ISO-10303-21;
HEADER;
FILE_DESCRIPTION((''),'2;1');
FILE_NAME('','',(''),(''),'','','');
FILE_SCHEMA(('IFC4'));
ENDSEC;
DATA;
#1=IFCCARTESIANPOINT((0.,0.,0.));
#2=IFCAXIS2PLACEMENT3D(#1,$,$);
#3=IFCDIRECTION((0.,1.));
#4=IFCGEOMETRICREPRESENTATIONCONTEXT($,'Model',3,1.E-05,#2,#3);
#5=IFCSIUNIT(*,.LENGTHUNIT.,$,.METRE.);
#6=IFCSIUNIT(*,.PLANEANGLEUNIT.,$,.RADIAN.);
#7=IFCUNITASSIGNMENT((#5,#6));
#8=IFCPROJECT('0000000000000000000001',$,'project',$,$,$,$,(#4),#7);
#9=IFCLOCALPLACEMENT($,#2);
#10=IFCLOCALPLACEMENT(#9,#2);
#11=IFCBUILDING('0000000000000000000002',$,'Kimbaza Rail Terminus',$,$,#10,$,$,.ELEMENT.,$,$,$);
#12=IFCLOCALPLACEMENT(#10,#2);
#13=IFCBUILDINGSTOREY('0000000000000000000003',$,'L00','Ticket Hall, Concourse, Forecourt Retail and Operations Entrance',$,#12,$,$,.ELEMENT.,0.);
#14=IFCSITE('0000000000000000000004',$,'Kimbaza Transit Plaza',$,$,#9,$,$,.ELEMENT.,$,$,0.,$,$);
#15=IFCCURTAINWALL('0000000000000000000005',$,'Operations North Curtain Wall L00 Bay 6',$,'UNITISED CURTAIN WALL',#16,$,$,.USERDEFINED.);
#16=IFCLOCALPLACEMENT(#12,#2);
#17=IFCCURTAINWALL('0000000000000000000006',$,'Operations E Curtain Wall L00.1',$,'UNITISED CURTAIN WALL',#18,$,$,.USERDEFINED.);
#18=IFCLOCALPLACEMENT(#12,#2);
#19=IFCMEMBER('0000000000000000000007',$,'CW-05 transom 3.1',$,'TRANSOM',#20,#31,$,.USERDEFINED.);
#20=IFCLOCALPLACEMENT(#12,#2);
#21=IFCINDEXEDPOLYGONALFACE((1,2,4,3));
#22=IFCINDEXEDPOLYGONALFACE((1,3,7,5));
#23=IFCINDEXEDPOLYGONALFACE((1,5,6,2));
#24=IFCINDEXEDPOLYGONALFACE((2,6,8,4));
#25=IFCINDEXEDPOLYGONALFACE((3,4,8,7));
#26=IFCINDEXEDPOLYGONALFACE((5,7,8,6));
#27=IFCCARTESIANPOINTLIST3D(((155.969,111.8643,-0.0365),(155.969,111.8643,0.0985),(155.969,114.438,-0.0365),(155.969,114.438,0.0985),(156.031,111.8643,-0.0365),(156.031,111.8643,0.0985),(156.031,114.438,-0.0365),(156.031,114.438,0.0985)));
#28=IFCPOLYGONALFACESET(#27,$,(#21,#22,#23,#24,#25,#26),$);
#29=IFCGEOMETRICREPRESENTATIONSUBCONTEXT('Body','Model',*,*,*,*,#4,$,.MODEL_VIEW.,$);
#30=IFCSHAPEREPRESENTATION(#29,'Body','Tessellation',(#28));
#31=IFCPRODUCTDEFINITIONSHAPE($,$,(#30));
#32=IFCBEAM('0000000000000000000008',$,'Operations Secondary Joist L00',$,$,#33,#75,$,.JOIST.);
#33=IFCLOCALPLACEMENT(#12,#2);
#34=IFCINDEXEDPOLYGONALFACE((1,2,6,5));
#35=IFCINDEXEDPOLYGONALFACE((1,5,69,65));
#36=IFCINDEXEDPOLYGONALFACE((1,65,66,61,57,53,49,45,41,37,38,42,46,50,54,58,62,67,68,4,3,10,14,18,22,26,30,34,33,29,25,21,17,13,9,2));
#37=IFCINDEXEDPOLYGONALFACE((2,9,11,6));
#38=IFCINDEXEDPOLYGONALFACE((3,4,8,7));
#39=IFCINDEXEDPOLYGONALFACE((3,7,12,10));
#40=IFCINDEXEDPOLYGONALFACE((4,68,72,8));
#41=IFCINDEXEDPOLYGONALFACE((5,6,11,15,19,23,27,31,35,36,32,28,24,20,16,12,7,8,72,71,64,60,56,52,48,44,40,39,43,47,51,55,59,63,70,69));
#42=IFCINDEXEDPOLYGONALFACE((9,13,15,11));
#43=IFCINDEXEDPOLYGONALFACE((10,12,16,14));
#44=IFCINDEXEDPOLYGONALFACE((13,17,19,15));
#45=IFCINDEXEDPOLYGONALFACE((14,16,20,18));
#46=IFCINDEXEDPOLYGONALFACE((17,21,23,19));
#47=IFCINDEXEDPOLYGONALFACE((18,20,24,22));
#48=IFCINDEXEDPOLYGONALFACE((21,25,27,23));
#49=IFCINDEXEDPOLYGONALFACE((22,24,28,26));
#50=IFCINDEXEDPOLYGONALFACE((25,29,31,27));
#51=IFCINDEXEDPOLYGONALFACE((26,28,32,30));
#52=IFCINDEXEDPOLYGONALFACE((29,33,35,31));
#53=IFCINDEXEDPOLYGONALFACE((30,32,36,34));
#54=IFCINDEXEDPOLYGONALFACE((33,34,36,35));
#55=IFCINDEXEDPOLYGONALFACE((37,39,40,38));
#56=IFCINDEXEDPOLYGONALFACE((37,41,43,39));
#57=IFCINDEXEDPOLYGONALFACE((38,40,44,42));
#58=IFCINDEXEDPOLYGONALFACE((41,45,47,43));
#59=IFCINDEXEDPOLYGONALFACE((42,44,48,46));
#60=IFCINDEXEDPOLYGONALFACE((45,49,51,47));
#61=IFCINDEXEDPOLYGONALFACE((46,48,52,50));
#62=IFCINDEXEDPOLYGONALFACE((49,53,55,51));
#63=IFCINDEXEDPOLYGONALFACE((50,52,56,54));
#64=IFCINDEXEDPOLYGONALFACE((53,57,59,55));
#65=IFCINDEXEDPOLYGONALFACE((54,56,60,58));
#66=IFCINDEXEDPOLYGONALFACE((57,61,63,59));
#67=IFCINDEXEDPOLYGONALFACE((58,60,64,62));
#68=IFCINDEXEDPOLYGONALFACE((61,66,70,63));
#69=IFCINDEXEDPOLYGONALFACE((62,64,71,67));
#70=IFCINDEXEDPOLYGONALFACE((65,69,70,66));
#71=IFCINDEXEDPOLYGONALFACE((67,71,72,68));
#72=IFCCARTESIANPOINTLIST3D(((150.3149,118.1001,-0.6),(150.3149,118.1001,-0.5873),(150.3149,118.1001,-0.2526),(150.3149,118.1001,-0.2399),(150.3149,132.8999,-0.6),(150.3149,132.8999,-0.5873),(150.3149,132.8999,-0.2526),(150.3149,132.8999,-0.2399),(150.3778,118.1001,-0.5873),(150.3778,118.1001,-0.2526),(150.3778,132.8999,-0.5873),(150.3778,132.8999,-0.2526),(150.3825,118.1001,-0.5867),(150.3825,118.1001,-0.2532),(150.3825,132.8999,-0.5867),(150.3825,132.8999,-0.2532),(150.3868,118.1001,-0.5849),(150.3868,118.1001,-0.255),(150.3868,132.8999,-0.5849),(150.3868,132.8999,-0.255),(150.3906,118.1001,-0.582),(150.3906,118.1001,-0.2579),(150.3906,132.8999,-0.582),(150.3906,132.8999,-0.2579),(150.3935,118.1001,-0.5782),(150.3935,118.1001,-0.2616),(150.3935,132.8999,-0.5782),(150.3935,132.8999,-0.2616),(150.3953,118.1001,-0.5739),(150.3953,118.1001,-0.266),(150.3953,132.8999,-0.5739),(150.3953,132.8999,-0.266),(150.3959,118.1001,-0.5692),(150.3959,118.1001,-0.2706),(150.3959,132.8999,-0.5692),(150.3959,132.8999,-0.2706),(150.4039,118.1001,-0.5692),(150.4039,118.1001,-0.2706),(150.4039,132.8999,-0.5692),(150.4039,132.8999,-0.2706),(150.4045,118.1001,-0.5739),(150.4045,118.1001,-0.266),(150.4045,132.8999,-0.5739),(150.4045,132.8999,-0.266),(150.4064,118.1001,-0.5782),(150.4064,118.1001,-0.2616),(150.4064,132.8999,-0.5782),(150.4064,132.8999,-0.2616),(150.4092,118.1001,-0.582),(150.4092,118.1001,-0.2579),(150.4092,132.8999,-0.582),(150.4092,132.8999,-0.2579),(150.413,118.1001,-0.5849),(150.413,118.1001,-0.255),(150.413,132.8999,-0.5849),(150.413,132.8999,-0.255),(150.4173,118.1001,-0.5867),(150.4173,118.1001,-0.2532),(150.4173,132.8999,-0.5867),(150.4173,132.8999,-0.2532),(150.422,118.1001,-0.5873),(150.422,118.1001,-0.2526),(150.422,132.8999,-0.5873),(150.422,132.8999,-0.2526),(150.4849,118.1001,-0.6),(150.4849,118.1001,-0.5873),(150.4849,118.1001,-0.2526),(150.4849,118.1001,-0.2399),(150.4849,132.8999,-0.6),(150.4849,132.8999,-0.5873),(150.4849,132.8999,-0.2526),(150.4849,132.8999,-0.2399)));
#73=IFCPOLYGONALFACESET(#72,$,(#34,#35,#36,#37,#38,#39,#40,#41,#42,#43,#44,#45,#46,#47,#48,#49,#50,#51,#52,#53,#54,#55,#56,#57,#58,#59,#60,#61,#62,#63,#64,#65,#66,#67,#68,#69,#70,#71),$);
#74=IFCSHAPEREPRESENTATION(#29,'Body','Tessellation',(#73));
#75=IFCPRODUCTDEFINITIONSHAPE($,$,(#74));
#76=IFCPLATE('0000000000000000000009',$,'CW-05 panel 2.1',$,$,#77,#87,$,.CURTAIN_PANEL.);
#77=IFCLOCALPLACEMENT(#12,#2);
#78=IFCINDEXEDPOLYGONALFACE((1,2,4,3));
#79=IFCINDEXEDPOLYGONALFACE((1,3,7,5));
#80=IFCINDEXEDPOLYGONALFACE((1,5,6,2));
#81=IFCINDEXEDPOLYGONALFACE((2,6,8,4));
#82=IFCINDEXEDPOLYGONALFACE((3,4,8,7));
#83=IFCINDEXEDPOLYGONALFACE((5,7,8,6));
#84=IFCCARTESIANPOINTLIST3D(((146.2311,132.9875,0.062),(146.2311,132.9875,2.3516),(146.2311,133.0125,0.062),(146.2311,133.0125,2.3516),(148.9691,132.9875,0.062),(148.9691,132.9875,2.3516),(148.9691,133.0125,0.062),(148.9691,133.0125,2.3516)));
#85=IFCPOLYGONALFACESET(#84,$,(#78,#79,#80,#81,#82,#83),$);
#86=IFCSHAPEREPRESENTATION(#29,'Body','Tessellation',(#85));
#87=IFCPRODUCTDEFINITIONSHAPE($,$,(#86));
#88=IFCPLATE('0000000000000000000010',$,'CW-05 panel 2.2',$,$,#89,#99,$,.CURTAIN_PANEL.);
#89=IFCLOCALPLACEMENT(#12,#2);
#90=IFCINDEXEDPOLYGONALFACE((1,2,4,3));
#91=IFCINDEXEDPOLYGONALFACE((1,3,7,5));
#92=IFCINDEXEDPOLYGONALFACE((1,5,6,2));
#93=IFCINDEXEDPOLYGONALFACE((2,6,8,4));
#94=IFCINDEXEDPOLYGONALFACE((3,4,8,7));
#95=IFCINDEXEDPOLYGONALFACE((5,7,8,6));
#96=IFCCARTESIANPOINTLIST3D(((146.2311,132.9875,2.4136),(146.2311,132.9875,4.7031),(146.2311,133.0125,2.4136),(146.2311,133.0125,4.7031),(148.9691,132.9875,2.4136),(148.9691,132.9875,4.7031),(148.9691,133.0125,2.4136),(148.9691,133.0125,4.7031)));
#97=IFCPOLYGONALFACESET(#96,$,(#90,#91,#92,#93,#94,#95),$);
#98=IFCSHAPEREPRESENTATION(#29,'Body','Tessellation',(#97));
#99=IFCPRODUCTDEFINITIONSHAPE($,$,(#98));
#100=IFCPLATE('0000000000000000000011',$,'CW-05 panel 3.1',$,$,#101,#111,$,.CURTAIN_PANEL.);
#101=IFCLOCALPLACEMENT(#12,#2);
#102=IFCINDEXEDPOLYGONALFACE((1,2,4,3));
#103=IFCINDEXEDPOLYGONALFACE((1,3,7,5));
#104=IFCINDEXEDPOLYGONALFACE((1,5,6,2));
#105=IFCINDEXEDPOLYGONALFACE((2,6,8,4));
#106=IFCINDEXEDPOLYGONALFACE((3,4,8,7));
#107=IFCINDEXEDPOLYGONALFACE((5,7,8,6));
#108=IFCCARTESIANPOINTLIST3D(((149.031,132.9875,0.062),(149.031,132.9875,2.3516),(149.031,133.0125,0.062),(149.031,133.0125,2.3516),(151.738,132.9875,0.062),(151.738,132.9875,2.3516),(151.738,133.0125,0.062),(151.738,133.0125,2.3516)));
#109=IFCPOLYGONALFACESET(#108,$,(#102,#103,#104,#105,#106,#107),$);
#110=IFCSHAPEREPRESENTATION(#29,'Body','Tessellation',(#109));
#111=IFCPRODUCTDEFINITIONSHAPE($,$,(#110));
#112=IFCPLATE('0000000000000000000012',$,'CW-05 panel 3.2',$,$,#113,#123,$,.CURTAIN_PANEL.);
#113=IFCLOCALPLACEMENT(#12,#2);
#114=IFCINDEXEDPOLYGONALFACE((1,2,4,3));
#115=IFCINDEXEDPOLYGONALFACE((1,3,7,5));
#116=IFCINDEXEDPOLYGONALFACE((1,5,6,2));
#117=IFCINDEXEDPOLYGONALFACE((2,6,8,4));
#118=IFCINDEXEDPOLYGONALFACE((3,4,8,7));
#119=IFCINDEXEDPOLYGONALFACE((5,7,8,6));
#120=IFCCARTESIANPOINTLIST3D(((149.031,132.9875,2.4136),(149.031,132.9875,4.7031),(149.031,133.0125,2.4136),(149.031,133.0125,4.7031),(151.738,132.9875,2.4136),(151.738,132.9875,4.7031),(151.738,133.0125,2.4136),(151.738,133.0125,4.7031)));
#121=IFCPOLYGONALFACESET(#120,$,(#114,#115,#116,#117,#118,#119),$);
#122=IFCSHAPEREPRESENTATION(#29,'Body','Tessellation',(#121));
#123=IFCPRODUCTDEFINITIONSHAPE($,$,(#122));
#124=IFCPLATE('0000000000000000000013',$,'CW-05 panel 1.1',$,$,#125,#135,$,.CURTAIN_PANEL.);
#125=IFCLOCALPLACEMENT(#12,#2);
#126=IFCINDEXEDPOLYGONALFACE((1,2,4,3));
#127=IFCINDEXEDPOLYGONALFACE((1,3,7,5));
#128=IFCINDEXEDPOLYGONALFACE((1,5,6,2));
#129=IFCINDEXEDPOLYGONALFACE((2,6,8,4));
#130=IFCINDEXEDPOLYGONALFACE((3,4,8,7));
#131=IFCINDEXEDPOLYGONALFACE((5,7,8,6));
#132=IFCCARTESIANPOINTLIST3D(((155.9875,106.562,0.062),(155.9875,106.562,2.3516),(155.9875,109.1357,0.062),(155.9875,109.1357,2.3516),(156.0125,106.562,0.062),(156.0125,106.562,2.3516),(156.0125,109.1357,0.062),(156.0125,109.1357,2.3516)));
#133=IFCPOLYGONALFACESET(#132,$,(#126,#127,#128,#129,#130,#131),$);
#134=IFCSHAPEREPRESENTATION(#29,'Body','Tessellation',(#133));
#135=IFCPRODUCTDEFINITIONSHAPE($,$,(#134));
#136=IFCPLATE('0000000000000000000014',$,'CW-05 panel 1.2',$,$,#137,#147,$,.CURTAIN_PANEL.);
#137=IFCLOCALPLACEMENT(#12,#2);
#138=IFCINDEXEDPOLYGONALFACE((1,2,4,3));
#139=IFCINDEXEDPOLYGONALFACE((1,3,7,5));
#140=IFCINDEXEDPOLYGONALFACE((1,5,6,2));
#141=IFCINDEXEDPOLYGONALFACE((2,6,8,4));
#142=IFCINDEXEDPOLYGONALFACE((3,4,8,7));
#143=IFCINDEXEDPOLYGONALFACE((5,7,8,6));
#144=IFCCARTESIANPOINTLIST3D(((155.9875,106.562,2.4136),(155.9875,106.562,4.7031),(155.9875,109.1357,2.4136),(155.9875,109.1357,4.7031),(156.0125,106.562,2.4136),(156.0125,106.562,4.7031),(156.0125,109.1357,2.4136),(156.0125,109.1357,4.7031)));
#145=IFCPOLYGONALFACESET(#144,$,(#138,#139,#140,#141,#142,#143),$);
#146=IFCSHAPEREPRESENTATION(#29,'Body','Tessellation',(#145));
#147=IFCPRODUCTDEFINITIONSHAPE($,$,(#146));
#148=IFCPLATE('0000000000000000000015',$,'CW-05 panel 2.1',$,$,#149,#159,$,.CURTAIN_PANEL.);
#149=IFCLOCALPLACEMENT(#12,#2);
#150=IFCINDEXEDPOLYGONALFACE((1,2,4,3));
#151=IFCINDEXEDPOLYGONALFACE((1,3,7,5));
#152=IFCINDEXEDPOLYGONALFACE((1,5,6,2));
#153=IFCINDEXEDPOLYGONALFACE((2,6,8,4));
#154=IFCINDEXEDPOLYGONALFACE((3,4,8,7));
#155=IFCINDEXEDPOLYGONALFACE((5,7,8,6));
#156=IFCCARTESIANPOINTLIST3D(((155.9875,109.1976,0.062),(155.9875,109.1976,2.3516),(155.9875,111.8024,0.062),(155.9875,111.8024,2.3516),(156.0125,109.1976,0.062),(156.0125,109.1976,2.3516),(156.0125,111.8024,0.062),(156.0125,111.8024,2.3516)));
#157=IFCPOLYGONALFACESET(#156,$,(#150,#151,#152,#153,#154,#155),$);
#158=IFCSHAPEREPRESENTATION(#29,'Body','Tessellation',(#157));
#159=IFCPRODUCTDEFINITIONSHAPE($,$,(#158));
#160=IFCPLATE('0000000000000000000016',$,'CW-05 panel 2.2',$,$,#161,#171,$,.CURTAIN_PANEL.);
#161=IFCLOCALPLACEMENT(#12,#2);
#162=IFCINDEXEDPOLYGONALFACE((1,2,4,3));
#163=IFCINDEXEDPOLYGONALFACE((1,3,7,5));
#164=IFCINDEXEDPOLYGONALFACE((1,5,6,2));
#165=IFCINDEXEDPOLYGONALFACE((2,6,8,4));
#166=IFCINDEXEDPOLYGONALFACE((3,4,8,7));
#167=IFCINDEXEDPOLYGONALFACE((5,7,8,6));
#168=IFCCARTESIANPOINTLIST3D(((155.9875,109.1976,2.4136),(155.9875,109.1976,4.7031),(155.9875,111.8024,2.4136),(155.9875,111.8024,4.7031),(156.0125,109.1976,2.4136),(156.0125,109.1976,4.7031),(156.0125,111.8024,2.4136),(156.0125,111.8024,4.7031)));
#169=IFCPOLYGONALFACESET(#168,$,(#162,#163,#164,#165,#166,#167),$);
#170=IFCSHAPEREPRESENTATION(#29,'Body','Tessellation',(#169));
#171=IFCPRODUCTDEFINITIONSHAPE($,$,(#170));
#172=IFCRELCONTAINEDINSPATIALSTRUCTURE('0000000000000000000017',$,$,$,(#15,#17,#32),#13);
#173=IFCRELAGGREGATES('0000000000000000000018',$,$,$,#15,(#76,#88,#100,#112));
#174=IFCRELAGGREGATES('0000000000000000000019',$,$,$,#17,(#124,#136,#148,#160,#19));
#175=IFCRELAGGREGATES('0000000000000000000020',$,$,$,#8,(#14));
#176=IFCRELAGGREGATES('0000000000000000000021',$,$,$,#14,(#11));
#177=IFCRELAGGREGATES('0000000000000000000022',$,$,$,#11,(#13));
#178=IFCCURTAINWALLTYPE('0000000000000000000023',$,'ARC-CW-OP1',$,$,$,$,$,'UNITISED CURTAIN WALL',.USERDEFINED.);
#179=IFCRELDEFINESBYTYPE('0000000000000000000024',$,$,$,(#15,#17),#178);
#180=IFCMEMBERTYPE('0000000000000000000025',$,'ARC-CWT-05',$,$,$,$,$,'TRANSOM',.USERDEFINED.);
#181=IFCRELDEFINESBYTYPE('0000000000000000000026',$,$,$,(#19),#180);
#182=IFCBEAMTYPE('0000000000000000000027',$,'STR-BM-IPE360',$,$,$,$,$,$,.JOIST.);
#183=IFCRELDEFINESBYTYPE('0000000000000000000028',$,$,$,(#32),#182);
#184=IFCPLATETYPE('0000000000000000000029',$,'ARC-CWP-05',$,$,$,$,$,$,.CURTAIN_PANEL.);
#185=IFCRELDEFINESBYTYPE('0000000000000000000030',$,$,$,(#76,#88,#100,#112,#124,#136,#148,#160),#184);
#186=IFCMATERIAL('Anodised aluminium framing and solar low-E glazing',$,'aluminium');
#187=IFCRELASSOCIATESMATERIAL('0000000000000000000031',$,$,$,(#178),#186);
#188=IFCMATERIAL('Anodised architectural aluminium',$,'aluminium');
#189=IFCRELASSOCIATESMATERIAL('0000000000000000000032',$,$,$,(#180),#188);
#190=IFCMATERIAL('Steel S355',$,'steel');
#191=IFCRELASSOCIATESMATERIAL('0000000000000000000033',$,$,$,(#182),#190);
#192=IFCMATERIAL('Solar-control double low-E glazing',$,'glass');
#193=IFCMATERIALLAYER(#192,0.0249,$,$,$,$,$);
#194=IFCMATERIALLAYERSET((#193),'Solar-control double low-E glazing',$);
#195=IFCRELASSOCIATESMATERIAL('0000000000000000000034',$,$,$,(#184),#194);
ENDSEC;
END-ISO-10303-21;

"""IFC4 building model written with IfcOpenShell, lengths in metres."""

from ifc_helpers import new_model, si_unit, direction, frame, origin, origin_2d, place, context, subcontext, project, spatial, rectangle, i_section, extrude, material, layer, layer_set, material_profile, profile_set, type_object, element, aggregate, save


model = new_model("IFC4")

# Units and contexts
model_context = context("Model", 3, precision=1e-05, world=origin(), true_north=direction((0.0, 1.0)))
body_context = subcontext(model_context, "Body", "Model", "MODEL_VIEW")
ifc_project = project(units=[si_unit("LENGTHUNIT", "METRE"), si_unit("PLANEANGLEUNIT", "RADIAN")], contexts=[model_context])

# Site, building, storey
site_placement = place(None, origin())
site = spatial("IfcSite", under=ifc_project, at=site_placement, Name="Kimbaza Transit Plaza", CompositionType="ELEMENT", RefElevation=0.0)
building_placement = place(site_placement, origin())
building = spatial("IfcBuilding", under=site, at=building_placement, Name="Kimbaza Rail Terminus", CompositionType="ELEMENT")
storey_placement = place(building_placement, origin())
storey = spatial("IfcBuildingStorey", under=building, at=storey_placement, Name="L00", Description="Ticket Hall, Concourse, Forecourt Retail and Operations Entrance", CompositionType="ELEMENT", Elevation=0.0)

# Curtain walls
ifc_material_1 = material(Name="Anodised aluminium framing and solar low-E glazing", Category="aluminium")
curtain_wall_type = type_object("IfcCurtainWallType", Name="ARC-CW-OP1", ElementType="UNITISED CURTAIN WALL", PredefinedType="USERDEFINED", material=ifc_material_1)
curtain_wall_1_placement = place(storey_placement, origin())
curtain_wall_1 = element("IfcCurtainWall", 1, at=curtain_wall_1_placement, inside=storey, type_object=curtain_wall_type, Name="Operations North Curtain Wall L00 Bay 6", ObjectType="UNITISED CURTAIN WALL", PredefinedType="USERDEFINED")
curtain_wall_2_placement = place(storey_placement, origin())
curtain_wall_2 = element("IfcCurtainWall", 2, at=curtain_wall_2_placement, inside=storey, type_object=curtain_wall_type, Name="Operations E Curtain Wall L00.1", ObjectType="UNITISED CURTAIN WALL", PredefinedType="USERDEFINED")

# Member
ifc_material_2 = material(Name="Anodised architectural aluminium", Category="aluminium")
ifc_material_profile_1 = material_profile(ifc_material_2, rectangle(XDim=0.062, YDim=0.135, at=origin_2d()), Name="TRANSOM 62x135")
ifc_profile_set_1 = profile_set([ifc_material_profile_1], Name="Anodised architectural aluminium")
member_type_1 = type_object("IfcMemberType", Name="ARC-CWT-05", ElementType="TRANSOM", PredefinedType="USERDEFINED", material=ifc_profile_set_1)
member_1_placement = place(storey_placement, frame((156.0, 111.8643, 0.031), z_axis=(0.0, 1.0, 0.0), x_axis=(-1.0, 0.0, 0.0)))
member_1 = element("IfcMember", 3, at=member_1_placement, type_object=member_type_1, Name="CW-05 transom 3.1", ObjectType="TRANSOM", PredefinedType="USERDEFINED", context=body_context, shape_type="SweptSolid", body=[
    extrude(rectangle(XDim=0.062, YDim=0.135, at=origin_2d()), origin(), (0.0, 0.0, 1.0), 2.5737),
])

# Beam
ifc_material_3 = material(Name="Steel S355", Category="steel")
ifc_material_profile_2 = material_profile(ifc_material_3, i_section(OverallWidth=0.1699, OverallDepth=0.3601, WebThickness=0.0081, FlangeThickness=0.0127, FilletRadius=0.0181, at=origin_2d()), Name="IPE 360")
ifc_profile_set_2 = profile_set([ifc_material_profile_2], Name="Steel S355")
beam_type = type_object("IfcBeamType", Name="STR-BM-IPE360", PredefinedType="JOIST", material=ifc_profile_set_2)
beam_placement = place(storey_placement, frame((150.3999, 118.1001, -0.4199), z_axis=(0.0, 1.0, 0.0), x_axis=(-1.0, 0.0, 0.0)))
element("IfcBeam", 4, at=beam_placement, inside=storey, type_object=beam_type, Name="Operations Secondary Joist L00", PredefinedType="JOIST", context=body_context, shape_type="SweptSolid", body=[
    extrude(i_section(OverallWidth=0.1699, OverallDepth=0.3601, WebThickness=0.0081, FlangeThickness=0.0127, FilletRadius=0.0181, at=origin_2d()), origin(), (0.0, 0.0, 1.0), 14.7998),
])

# Plates
ifc_material_4 = material(Name="Solar-control double low-E glazing", Category="glass")
ifc_layer_1 = layer(ifc_material_4, 0.0249)
ifc_layer_set_1 = layer_set([ifc_layer_1], Name="Solar-control double low-E glazing")
plate_type = type_object("IfcPlateType", Name="ARC-CWP-05", PredefinedType="CURTAIN_PANEL", material=ifc_layer_set_1)
plate_1_placement = place(storey_placement, frame((147.6001, 133.0, 0.062), z_axis=(0.0, 0.0, 1.0), x_axis=(1.0, 0.0, 0.0)))
plate_1 = element("IfcPlate", 5, at=plate_1_placement, type_object=plate_type, Name="CW-05 panel 2.1", PredefinedType="CURTAIN_PANEL", context=body_context, shape_type="SweptSolid", body=[
    extrude(rectangle(XDim=2.738, YDim=0.0249, at=origin_2d()), origin(), (0.0, 0.0, 1.0), 2.2896),
])
plate_2_placement = place(storey_placement, frame((147.6001, 133.0, 2.4136), z_axis=(0.0, 0.0, 1.0), x_axis=(1.0, 0.0, 0.0)))
plate_2 = element("IfcPlate", 6, at=plate_2_placement, type_object=plate_type, Name="CW-05 panel 2.2", PredefinedType="CURTAIN_PANEL", context=body_context, shape_type="SweptSolid", body=[
    extrude(rectangle(XDim=2.738, YDim=0.0249, at=origin_2d()), origin(), (0.0, 0.0, 1.0), 2.2896),
])
plate_3_placement = place(storey_placement, frame((150.3845, 133.0, 0.062), z_axis=(0.0, 0.0, 1.0), x_axis=(1.0, 0.0, 0.0)))
plate_3 = element("IfcPlate", 7, at=plate_3_placement, type_object=plate_type, Name="CW-05 panel 3.1", PredefinedType="CURTAIN_PANEL", context=body_context, shape_type="SweptSolid", body=[
    extrude(rectangle(XDim=2.707, YDim=0.0249, at=origin_2d()), origin(), (0.0, 0.0, 1.0), 2.2896),
])
plate_4_placement = place(storey_placement, frame((150.3845, 133.0, 2.4136), z_axis=(0.0, 0.0, 1.0), x_axis=(1.0, 0.0, 0.0)))
plate_4 = element("IfcPlate", 8, at=plate_4_placement, type_object=plate_type, Name="CW-05 panel 3.2", PredefinedType="CURTAIN_PANEL", context=body_context, shape_type="SweptSolid", body=[
    extrude(rectangle(XDim=2.707, YDim=0.0249, at=origin_2d()), origin(), (0.0, 0.0, 1.0), 2.2896),
])
aggregate(curtain_wall_1, [plate_1, plate_2, plate_3, plate_4])
plate_5_placement = place(storey_placement, frame((156.0, 107.8489, 0.062), z_axis=(0.0, 0.0, 1.0), x_axis=(0.0, 1.0, 0.0)))
plate_5 = element("IfcPlate", 9, at=plate_5_placement, type_object=plate_type, Name="CW-05 panel 1.1", PredefinedType="CURTAIN_PANEL", context=body_context, shape_type="SweptSolid", body=[
    extrude(rectangle(XDim=2.5737, YDim=0.0249, at=origin_2d()), origin(), (0.0, 0.0, 1.0), 2.2896),
])
plate_6_placement = place(storey_placement, frame((156.0, 107.8489, 2.4136), z_axis=(0.0, 0.0, 1.0), x_axis=(0.0, 1.0, 0.0)))
plate_6 = element("IfcPlate", 10, at=plate_6_placement, type_object=plate_type, Name="CW-05 panel 1.2", PredefinedType="CURTAIN_PANEL", context=body_context, shape_type="SweptSolid", body=[
    extrude(rectangle(XDim=2.5737, YDim=0.0249, at=origin_2d()), origin(), (0.0, 0.0, 1.0), 2.2896),
])
plate_7_placement = place(storey_placement, frame((156.0, 110.5, 0.062), z_axis=(0.0, 0.0, 1.0), x_axis=(0.0, 1.0, 0.0)))
plate_7 = element("IfcPlate", 11, at=plate_7_placement, type_object=plate_type, Name="CW-05 panel 2.1", PredefinedType="CURTAIN_PANEL", context=body_context, shape_type="SweptSolid", body=[
    extrude(rectangle(XDim=2.6047, YDim=0.0249, at=origin_2d()), origin(), (0.0, 0.0, 1.0), 2.2896),
])
plate_8_placement = place(storey_placement, frame((156.0, 110.5, 2.4136), z_axis=(0.0, 0.0, 1.0), x_axis=(0.0, 1.0, 0.0)))
plate_8 = element("IfcPlate", 12, at=plate_8_placement, type_object=plate_type, Name="CW-05 panel 2.2", PredefinedType="CURTAIN_PANEL", context=body_context, shape_type="SweptSolid", body=[
    extrude(rectangle(XDim=2.6047, YDim=0.0249, at=origin_2d()), origin(), (0.0, 0.0, 1.0), 2.2896),
])
aggregate(curtain_wall_2, [plate_5, plate_6, plate_7, plate_8, member_1])

save(model, "model.ifc")
